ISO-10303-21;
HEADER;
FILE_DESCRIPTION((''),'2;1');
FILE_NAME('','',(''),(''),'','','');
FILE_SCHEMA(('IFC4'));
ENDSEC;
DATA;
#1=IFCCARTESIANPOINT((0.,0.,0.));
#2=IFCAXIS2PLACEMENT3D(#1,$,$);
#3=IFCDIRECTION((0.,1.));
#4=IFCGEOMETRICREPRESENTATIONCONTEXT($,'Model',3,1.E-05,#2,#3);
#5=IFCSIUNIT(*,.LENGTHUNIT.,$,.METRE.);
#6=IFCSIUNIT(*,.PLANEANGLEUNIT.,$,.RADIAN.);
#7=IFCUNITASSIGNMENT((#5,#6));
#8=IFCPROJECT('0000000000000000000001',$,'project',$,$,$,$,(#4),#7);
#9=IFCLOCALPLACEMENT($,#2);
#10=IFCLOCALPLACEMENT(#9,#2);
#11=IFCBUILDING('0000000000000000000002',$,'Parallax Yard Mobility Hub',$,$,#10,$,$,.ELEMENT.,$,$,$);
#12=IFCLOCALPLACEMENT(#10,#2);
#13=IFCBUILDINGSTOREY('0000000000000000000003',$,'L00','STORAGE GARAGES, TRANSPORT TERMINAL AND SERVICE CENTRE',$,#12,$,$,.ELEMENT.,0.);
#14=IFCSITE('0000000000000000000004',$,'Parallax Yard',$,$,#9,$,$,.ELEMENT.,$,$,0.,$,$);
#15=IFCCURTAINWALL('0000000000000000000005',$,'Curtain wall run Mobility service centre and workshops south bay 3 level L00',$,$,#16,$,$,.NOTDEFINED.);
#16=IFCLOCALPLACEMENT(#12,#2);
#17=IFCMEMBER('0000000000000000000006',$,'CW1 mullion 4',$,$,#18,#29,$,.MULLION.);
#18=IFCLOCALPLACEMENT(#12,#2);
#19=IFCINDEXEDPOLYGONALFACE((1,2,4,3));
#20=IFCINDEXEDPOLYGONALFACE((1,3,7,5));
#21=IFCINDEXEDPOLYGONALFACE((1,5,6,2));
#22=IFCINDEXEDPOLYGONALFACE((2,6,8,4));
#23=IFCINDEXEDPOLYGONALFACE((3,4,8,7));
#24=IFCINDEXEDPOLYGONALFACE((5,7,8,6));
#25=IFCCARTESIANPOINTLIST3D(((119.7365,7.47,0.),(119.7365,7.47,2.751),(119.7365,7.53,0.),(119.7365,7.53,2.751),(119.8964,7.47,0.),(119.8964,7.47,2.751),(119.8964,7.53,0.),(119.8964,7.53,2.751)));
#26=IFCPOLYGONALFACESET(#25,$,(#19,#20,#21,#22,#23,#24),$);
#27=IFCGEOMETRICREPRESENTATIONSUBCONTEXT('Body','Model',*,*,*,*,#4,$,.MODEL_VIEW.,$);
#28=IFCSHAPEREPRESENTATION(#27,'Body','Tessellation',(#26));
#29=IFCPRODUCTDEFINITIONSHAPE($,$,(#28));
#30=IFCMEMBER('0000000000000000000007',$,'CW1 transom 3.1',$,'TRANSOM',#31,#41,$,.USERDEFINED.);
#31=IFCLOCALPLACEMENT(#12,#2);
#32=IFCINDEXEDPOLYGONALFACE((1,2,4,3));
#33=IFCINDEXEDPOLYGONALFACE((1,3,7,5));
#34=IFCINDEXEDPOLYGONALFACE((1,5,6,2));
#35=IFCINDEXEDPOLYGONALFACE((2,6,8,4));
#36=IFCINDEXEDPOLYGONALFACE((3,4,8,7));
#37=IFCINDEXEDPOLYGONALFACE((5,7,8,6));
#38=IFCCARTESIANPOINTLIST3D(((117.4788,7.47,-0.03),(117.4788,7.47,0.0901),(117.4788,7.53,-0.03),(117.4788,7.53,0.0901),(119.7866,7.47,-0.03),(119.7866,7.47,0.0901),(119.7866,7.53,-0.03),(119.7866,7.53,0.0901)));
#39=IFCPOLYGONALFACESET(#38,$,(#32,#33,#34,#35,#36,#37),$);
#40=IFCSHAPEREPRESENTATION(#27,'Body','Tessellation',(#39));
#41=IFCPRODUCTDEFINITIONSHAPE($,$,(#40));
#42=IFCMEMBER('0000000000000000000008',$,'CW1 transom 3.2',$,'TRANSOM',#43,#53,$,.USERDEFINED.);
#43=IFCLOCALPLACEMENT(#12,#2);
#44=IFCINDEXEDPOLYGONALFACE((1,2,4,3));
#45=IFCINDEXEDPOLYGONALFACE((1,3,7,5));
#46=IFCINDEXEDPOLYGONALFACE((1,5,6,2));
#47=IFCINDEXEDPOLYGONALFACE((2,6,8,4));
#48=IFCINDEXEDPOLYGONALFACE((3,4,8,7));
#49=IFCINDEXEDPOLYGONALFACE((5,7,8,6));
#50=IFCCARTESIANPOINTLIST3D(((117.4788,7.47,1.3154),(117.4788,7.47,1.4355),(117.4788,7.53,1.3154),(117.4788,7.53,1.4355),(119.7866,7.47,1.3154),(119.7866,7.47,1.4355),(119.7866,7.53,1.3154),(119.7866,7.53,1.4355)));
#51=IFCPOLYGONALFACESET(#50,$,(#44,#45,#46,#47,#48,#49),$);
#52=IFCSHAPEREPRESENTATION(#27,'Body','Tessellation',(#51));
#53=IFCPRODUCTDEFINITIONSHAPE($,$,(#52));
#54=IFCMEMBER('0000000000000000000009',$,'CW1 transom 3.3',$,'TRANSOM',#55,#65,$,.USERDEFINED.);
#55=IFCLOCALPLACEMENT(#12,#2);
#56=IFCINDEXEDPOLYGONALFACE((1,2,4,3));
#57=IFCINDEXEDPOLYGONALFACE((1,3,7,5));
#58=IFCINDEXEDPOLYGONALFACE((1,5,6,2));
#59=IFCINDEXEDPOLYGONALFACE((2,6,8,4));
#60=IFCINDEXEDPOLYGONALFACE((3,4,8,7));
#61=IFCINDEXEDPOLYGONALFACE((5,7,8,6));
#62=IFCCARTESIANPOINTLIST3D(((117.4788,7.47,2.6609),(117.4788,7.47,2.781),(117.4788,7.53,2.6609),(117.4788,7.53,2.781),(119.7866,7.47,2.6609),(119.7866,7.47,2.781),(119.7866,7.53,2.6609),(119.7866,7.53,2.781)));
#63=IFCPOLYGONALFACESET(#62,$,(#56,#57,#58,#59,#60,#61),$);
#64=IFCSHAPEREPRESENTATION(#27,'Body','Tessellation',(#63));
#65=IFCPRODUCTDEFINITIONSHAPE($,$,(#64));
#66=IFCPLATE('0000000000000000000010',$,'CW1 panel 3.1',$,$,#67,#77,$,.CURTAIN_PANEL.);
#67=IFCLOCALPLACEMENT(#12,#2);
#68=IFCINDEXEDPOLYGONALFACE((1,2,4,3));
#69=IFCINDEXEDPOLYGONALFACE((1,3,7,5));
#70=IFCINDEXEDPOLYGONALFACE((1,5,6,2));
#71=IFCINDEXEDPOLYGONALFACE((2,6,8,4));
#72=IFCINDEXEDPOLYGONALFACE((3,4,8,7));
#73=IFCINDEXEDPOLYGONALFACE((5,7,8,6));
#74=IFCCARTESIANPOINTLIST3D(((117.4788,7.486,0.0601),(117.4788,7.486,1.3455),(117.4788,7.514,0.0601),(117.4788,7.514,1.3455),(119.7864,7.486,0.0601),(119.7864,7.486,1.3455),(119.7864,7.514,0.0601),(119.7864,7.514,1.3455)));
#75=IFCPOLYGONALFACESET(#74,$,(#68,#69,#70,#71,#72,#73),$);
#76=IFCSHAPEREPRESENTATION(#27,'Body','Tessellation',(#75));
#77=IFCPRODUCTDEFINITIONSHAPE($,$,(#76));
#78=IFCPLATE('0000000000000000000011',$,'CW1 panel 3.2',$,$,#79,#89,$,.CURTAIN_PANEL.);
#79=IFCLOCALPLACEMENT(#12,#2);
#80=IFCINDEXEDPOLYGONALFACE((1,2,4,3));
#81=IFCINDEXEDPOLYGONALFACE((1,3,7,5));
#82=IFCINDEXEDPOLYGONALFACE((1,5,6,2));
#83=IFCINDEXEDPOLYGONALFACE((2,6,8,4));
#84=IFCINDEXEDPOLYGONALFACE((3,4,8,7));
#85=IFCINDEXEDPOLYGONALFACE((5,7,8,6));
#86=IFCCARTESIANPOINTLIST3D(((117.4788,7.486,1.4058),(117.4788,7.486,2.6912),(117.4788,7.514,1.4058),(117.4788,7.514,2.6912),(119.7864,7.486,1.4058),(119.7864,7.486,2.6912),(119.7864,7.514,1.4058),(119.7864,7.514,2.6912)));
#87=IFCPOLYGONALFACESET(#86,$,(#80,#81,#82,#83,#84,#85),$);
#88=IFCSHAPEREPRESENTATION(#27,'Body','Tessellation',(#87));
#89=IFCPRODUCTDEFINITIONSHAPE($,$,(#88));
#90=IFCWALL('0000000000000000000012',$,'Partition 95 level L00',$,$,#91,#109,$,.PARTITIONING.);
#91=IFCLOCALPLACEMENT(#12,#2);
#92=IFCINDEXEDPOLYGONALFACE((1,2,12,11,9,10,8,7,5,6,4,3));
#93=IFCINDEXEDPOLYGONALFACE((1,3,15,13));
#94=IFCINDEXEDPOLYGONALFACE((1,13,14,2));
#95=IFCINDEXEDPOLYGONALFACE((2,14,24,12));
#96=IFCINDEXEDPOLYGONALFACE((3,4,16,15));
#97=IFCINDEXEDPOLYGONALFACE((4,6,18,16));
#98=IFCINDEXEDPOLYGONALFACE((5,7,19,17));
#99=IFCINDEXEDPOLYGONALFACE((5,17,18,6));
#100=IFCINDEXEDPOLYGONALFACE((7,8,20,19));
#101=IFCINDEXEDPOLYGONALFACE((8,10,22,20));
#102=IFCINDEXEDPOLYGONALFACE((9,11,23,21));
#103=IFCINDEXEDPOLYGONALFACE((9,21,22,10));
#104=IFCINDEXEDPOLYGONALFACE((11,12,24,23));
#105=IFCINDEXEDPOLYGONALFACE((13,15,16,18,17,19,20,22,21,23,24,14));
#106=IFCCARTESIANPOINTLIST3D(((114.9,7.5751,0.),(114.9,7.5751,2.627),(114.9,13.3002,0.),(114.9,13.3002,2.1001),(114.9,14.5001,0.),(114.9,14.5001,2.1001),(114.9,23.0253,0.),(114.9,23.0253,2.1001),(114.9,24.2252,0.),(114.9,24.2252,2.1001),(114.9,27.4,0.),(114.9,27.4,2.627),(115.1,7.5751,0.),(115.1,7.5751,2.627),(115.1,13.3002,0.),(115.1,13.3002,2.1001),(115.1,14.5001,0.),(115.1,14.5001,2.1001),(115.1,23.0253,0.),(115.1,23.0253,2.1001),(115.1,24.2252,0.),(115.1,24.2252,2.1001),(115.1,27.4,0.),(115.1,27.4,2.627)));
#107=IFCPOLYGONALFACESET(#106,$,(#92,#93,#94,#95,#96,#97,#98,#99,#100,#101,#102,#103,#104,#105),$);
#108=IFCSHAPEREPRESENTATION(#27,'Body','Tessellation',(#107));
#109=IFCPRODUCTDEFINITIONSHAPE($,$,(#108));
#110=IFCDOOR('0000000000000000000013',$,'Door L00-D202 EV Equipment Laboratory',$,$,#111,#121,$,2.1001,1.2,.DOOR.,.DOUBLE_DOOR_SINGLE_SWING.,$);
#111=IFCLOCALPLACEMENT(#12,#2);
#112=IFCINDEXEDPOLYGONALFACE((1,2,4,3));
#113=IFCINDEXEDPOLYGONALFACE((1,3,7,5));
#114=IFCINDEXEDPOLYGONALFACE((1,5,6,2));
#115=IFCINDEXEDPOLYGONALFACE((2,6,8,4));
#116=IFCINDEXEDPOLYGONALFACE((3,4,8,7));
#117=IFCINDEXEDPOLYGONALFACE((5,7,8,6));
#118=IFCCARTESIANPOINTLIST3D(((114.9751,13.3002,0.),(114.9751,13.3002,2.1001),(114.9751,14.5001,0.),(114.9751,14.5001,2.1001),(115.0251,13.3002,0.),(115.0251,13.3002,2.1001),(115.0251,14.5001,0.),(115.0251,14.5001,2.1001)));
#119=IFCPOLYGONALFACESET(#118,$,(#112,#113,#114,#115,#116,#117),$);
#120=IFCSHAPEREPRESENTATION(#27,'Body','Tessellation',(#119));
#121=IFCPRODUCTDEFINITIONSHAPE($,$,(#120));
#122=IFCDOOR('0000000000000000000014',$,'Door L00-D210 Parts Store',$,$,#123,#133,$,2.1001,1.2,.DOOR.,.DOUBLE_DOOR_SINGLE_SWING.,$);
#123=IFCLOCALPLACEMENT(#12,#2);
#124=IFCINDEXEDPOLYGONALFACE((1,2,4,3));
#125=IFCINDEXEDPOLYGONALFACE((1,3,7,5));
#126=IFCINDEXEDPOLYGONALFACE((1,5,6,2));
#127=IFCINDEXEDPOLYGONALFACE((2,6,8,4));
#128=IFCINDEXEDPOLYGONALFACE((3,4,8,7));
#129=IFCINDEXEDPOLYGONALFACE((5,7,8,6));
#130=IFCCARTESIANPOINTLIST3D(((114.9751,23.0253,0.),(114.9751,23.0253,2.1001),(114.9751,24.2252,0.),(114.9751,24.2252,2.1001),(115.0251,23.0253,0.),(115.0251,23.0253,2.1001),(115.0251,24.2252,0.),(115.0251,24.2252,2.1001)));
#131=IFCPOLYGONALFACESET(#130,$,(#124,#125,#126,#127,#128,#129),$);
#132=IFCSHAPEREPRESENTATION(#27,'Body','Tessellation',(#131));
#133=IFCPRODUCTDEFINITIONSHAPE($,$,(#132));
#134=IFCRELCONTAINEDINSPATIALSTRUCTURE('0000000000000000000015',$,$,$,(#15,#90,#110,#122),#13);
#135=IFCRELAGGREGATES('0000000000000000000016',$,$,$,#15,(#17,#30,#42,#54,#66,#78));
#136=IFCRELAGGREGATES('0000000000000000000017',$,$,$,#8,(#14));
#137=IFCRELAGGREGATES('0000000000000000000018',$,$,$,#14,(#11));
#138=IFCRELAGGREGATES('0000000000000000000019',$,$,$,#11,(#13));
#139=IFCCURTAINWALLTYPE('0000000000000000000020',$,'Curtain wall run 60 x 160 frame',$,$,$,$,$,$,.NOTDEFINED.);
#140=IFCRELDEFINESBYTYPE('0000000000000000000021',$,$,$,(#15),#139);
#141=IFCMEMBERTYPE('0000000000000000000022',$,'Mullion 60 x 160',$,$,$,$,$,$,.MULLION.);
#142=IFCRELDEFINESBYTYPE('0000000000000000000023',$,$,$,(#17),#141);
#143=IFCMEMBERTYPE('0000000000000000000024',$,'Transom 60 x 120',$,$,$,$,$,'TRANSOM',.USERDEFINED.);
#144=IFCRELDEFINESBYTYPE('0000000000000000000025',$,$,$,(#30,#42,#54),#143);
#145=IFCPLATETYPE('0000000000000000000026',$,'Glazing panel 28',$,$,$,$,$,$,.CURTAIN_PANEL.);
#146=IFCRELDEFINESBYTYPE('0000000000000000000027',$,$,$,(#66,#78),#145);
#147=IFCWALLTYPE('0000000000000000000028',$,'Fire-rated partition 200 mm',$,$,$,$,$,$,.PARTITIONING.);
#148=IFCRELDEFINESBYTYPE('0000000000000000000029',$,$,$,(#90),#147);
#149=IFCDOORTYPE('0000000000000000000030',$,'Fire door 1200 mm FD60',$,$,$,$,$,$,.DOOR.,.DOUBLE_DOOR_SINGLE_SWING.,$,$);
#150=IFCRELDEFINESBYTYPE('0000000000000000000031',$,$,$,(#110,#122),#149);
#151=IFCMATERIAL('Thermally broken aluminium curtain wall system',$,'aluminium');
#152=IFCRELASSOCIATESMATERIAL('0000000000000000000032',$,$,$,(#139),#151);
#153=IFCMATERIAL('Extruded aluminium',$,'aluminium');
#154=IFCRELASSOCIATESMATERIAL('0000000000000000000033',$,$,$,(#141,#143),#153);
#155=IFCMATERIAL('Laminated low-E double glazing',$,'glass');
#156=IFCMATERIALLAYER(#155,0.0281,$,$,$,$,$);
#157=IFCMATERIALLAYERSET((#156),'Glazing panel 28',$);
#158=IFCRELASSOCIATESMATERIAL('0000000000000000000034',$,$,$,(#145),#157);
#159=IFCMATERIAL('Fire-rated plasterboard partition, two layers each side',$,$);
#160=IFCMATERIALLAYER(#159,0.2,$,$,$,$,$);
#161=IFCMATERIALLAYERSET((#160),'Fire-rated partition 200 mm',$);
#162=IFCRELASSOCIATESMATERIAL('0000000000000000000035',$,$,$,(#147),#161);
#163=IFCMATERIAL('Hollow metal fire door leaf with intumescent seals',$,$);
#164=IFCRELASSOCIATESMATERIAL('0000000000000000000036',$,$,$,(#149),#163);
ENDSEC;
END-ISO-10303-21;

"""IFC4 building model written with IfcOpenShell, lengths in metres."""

from ifc_helpers import new_model, si_unit, direction, frame, frame_2d, origin, origin_2d, place, context, subcontext, project, spatial, rectangle, extrude, material, layer, layer_set, material_profile, profile_set, type_object, element, fill, aggregate, save


model = new_model("IFC4")

# Units and contexts
model_context = context("Model", 3, precision=1e-05, world=origin(), true_north=direction((0.0, 1.0)))
body_context = subcontext(model_context, "Body", "Model", "MODEL_VIEW")
ifc_project = project(units=[si_unit("LENGTHUNIT", "METRE"), si_unit("PLANEANGLEUNIT", "RADIAN")], contexts=[model_context])

# Site, building, storey
site_placement = place(None, origin())
site = spatial("IfcSite", under=ifc_project, at=site_placement, Name="Parallax Yard", CompositionType="ELEMENT", RefElevation=0.0)
building_placement = place(site_placement, origin())
building = spatial("IfcBuilding", under=site, at=building_placement, Name="Parallax Yard Mobility Hub", CompositionType="ELEMENT")
storey_placement = place(building_placement, origin())
storey = spatial("IfcBuildingStorey", under=building, at=storey_placement, Name="L00", Description="STORAGE GARAGES, TRANSPORT TERMINAL AND SERVICE CENTRE", CompositionType="ELEMENT", Elevation=0.0)

# Curtain wall, members, plates
ifc_material_1 = material(Name="Thermally broken aluminium curtain wall system", Category="aluminium")
curtain_wall_type = type_object("IfcCurtainWallType", Name="Curtain wall run 60 x 160 frame", PredefinedType="NOTDEFINED", material=ifc_material_1)
curtain_wall_placement = place(storey_placement, origin())
curtain_wall = element("IfcCurtainWall", 1, at=curtain_wall_placement, inside=storey, type_object=curtain_wall_type, Name="Curtain wall run Mobility service centre and workshops south bay 3 level L00", PredefinedType="NOTDEFINED")
ifc_material_2 = material(Name="Extruded aluminium", Category="aluminium")
ifc_material_profile_1 = material_profile(ifc_material_2, rectangle(XDim=0.0601, YDim=0.1599, at=origin_2d()), Name="Mullion 60 x 160")
ifc_profile_set_1 = profile_set([ifc_material_profile_1], Name="Extruded aluminium")
member_type_1 = type_object("IfcMemberType", Name="Mullion 60 x 160", PredefinedType="MULLION", material=ifc_profile_set_1)
member_1_placement = place(storey_placement, frame((119.8164, 7.5, 0.0), z_axis=(0.0, 0.0, 1.0), x_axis=(0.0, 1.0, 0.0)))
member_1 = element("IfcMember", 2, at=member_1_placement, type_object=member_type_1, Name="CW1 mullion 4", PredefinedType="MULLION", context=body_context, shape_type="SweptSolid", body=[
    extrude(rectangle(XDim=0.0601, YDim=0.1599, at=origin_2d()), origin(), (0.0, 0.0, 1.0), 2.751),
])
ifc_material_profile_2 = material_profile(ifc_material_2, rectangle(XDim=0.0601, YDim=0.1201, at=origin_2d()), Name="Transom 60 x 120")
ifc_profile_set_2 = profile_set([ifc_material_profile_2], Name="Extruded aluminium")
member_type_2 = type_object("IfcMemberType", Name="Transom 60 x 120", ElementType="TRANSOM", PredefinedType="USERDEFINED", material=ifc_profile_set_2)
member_2_placement = place(storey_placement, frame((117.4788, 7.5, 0.03), z_axis=(1.0, 0.0, 0.0), x_axis=(0.0, 1.0, 0.0)))
member_2 = element("IfcMember", 3, at=member_2_placement, type_object=member_type_2, Name="CW1 transom 3.1", ObjectType="TRANSOM", PredefinedType="USERDEFINED", context=body_context, shape_type="SweptSolid", body=[
    extrude(rectangle(XDim=0.0601, YDim=0.1201, at=origin_2d()), origin(), (0.0, 0.0, 1.0), 2.3079),
])
member_3_placement = place(storey_placement, frame((117.4788, 7.5, 1.3755), z_axis=(1.0, 0.0, 0.0), x_axis=(0.0, 1.0, 0.0)))
member_3 = element("IfcMember", 4, at=member_3_placement, type_object=member_type_2, Name="CW1 transom 3.2", ObjectType="TRANSOM", PredefinedType="USERDEFINED", context=body_context, shape_type="SweptSolid", body=[
    extrude(rectangle(XDim=0.0601, YDim=0.1201, at=origin_2d()), origin(), (0.0, 0.0, 1.0), 2.3079),
])
member_4_placement = place(storey_placement, frame((117.4788, 7.5, 2.7209), z_axis=(1.0, 0.0, 0.0), x_axis=(0.0, 1.0, 0.0)))
member_4 = element("IfcMember", 5, at=member_4_placement, type_object=member_type_2, Name="CW1 transom 3.3", ObjectType="TRANSOM", PredefinedType="USERDEFINED", context=body_context, shape_type="SweptSolid", body=[
    extrude(rectangle(XDim=0.0601, YDim=0.1201, at=origin_2d()), origin(), (0.0, 0.0, 1.0), 2.3079),
])
ifc_material_3 = material(Name="Laminated low-E double glazing", Category="glass")
ifc_layer_1 = layer(ifc_material_3, 0.0281)
ifc_layer_set_1 = layer_set([ifc_layer_1], Name="Glazing panel 28")
plate_type = type_object("IfcPlateType", Name="Glazing panel 28", PredefinedType="CURTAIN_PANEL", material=ifc_layer_set_1)
plate_1_placement = place(storey_placement, frame((118.6326, 7.5, 0.0601), z_axis=(0.0, 0.0, 1.0), x_axis=(1.0, 0.0, 0.0)))
plate_1 = element("IfcPlate", 6, at=plate_1_placement, type_object=plate_type, Name="CW1 panel 3.1", PredefinedType="CURTAIN_PANEL", context=body_context, shape_type="SweptSolid", body=[
    extrude(rectangle(XDim=2.3076, YDim=0.0281, at=origin_2d()), origin(), (0.0, 0.0, 1.0), 1.2854),
])
plate_2_placement = place(storey_placement, frame((118.6326, 7.5, 1.4058), z_axis=(0.0, 0.0, 1.0), x_axis=(1.0, 0.0, 0.0)))
plate_2 = element("IfcPlate", 7, at=plate_2_placement, type_object=plate_type, Name="CW1 panel 3.2", PredefinedType="CURTAIN_PANEL", context=body_context, shape_type="SweptSolid", body=[
    extrude(rectangle(XDim=2.3076, YDim=0.0281, at=origin_2d()), origin(), (0.0, 0.0, 1.0), 1.2854),
])
aggregate(curtain_wall, [member_1, member_2, member_3, member_4, plate_1, plate_2])

# Wall, openings, doors
ifc_material_4 = material(Name="Fire-rated plasterboard partition, two layers each side")
ifc_layer_2 = layer(ifc_material_4, 0.2)
ifc_layer_set_2 = layer_set([ifc_layer_2], Name="Fire-rated partition 200 mm")
wall_type = type_object("IfcWallType", Name="Fire-rated partition 200 mm", PredefinedType="PARTITIONING", material=ifc_layer_set_2)
wall_placement = place(storey_placement, frame((115.0, 7.575, 0.0), z_axis=(0.0, 0.0, 1.0), x_axis=(0.0, 1.0, 0.0)))
wall = element("IfcWall", 8, at=wall_placement, inside=storey, type_object=wall_type, Name="Partition 95 level L00", PredefinedType="PARTITIONING", context=body_context, shape_type="SweptSolid", body=[
    extrude(rectangle(XDim=19.825, YDim=0.2, at=frame_2d((9.9126, 0.0))), origin(), (0.0, 0.0, 1.0), 2.627),
])
opening_1_placement = place(wall_placement, frame((5.7251, 0.0, 0.0)))
opening_1 = element("IfcOpeningElement", 9, at=opening_1_placement, cuts=wall, PredefinedType="OPENING", context=body_context, shape_type="SweptSolid", body=[
    extrude(rectangle(XDim=1.2, YDim=2.1001, at=frame_2d((0.6001, 1.05))), frame((0.0, 0.1099, 0.0), z_axis=(0.0, -1.0, 0.0), x_axis=(1.0, 0.0, 0.0)), (0.0, 0.0, 1.0), 0.22),
])
opening_2_placement = place(wall_placement, frame((15.4502, 0.0, 0.0)))
opening_2 = element("IfcOpeningElement", 10, at=opening_2_placement, cuts=wall, PredefinedType="OPENING", context=body_context, shape_type="SweptSolid", body=[
    extrude(rectangle(XDim=1.2, YDim=2.1001, at=frame_2d((0.6001, 1.05))), frame((0.0, 0.1099, 0.0), z_axis=(0.0, -1.0, 0.0), x_axis=(1.0, 0.0, 0.0)), (0.0, 0.0, 1.0), 0.22),
])
ifc_material_5 = material(Name="Hollow metal fire door leaf with intumescent seals")
door_type = type_object("IfcDoorType", Name="Fire door 1200 mm FD60", OperationType="DOUBLE_DOOR_SINGLE_SWING", PredefinedType="DOOR", material=ifc_material_5)
door_1_placement = place(opening_1_placement, origin())
door_1 = element("IfcDoor", 11, at=door_1_placement, inside=storey, type_object=door_type, Name="Door L00-D202 EV Equipment Laboratory", OperationType="DOUBLE_DOOR_SINGLE_SWING", OverallHeight=2.1001, OverallWidth=1.2, PredefinedType="DOOR", context=body_context, shape_type="SweptSolid", body=[
    extrude(rectangle(XDim=1.2, YDim=2.1001, at=frame_2d((0.6001, 1.05))), frame((0.0, 0.0249, 0.0), z_axis=(0.0, -1.0, 0.0), x_axis=(1.0, 0.0, 0.0)), (0.0, 0.0, 1.0), 0.05),
])
fill(opening_1, door_1)
door_2_placement = place(opening_2_placement, origin())
door_2 = element("IfcDoor", 12, at=door_2_placement, inside=storey, type_object=door_type, Name="Door L00-D210 Parts Store", OperationType="DOUBLE_DOOR_SINGLE_SWING", OverallHeight=2.1001, OverallWidth=1.2, PredefinedType="DOOR", context=body_context, shape_type="SweptSolid", body=[
    extrude(rectangle(XDim=1.2, YDim=2.1001, at=frame_2d((0.6001, 1.05))), frame((0.0, 0.0249, 0.0), z_axis=(0.0, -1.0, 0.0), x_axis=(1.0, 0.0, 0.0)), (0.0, 0.0, 1.0), 0.05),
])
fill(opening_2, door_2)

save(model, "model.ifc")
